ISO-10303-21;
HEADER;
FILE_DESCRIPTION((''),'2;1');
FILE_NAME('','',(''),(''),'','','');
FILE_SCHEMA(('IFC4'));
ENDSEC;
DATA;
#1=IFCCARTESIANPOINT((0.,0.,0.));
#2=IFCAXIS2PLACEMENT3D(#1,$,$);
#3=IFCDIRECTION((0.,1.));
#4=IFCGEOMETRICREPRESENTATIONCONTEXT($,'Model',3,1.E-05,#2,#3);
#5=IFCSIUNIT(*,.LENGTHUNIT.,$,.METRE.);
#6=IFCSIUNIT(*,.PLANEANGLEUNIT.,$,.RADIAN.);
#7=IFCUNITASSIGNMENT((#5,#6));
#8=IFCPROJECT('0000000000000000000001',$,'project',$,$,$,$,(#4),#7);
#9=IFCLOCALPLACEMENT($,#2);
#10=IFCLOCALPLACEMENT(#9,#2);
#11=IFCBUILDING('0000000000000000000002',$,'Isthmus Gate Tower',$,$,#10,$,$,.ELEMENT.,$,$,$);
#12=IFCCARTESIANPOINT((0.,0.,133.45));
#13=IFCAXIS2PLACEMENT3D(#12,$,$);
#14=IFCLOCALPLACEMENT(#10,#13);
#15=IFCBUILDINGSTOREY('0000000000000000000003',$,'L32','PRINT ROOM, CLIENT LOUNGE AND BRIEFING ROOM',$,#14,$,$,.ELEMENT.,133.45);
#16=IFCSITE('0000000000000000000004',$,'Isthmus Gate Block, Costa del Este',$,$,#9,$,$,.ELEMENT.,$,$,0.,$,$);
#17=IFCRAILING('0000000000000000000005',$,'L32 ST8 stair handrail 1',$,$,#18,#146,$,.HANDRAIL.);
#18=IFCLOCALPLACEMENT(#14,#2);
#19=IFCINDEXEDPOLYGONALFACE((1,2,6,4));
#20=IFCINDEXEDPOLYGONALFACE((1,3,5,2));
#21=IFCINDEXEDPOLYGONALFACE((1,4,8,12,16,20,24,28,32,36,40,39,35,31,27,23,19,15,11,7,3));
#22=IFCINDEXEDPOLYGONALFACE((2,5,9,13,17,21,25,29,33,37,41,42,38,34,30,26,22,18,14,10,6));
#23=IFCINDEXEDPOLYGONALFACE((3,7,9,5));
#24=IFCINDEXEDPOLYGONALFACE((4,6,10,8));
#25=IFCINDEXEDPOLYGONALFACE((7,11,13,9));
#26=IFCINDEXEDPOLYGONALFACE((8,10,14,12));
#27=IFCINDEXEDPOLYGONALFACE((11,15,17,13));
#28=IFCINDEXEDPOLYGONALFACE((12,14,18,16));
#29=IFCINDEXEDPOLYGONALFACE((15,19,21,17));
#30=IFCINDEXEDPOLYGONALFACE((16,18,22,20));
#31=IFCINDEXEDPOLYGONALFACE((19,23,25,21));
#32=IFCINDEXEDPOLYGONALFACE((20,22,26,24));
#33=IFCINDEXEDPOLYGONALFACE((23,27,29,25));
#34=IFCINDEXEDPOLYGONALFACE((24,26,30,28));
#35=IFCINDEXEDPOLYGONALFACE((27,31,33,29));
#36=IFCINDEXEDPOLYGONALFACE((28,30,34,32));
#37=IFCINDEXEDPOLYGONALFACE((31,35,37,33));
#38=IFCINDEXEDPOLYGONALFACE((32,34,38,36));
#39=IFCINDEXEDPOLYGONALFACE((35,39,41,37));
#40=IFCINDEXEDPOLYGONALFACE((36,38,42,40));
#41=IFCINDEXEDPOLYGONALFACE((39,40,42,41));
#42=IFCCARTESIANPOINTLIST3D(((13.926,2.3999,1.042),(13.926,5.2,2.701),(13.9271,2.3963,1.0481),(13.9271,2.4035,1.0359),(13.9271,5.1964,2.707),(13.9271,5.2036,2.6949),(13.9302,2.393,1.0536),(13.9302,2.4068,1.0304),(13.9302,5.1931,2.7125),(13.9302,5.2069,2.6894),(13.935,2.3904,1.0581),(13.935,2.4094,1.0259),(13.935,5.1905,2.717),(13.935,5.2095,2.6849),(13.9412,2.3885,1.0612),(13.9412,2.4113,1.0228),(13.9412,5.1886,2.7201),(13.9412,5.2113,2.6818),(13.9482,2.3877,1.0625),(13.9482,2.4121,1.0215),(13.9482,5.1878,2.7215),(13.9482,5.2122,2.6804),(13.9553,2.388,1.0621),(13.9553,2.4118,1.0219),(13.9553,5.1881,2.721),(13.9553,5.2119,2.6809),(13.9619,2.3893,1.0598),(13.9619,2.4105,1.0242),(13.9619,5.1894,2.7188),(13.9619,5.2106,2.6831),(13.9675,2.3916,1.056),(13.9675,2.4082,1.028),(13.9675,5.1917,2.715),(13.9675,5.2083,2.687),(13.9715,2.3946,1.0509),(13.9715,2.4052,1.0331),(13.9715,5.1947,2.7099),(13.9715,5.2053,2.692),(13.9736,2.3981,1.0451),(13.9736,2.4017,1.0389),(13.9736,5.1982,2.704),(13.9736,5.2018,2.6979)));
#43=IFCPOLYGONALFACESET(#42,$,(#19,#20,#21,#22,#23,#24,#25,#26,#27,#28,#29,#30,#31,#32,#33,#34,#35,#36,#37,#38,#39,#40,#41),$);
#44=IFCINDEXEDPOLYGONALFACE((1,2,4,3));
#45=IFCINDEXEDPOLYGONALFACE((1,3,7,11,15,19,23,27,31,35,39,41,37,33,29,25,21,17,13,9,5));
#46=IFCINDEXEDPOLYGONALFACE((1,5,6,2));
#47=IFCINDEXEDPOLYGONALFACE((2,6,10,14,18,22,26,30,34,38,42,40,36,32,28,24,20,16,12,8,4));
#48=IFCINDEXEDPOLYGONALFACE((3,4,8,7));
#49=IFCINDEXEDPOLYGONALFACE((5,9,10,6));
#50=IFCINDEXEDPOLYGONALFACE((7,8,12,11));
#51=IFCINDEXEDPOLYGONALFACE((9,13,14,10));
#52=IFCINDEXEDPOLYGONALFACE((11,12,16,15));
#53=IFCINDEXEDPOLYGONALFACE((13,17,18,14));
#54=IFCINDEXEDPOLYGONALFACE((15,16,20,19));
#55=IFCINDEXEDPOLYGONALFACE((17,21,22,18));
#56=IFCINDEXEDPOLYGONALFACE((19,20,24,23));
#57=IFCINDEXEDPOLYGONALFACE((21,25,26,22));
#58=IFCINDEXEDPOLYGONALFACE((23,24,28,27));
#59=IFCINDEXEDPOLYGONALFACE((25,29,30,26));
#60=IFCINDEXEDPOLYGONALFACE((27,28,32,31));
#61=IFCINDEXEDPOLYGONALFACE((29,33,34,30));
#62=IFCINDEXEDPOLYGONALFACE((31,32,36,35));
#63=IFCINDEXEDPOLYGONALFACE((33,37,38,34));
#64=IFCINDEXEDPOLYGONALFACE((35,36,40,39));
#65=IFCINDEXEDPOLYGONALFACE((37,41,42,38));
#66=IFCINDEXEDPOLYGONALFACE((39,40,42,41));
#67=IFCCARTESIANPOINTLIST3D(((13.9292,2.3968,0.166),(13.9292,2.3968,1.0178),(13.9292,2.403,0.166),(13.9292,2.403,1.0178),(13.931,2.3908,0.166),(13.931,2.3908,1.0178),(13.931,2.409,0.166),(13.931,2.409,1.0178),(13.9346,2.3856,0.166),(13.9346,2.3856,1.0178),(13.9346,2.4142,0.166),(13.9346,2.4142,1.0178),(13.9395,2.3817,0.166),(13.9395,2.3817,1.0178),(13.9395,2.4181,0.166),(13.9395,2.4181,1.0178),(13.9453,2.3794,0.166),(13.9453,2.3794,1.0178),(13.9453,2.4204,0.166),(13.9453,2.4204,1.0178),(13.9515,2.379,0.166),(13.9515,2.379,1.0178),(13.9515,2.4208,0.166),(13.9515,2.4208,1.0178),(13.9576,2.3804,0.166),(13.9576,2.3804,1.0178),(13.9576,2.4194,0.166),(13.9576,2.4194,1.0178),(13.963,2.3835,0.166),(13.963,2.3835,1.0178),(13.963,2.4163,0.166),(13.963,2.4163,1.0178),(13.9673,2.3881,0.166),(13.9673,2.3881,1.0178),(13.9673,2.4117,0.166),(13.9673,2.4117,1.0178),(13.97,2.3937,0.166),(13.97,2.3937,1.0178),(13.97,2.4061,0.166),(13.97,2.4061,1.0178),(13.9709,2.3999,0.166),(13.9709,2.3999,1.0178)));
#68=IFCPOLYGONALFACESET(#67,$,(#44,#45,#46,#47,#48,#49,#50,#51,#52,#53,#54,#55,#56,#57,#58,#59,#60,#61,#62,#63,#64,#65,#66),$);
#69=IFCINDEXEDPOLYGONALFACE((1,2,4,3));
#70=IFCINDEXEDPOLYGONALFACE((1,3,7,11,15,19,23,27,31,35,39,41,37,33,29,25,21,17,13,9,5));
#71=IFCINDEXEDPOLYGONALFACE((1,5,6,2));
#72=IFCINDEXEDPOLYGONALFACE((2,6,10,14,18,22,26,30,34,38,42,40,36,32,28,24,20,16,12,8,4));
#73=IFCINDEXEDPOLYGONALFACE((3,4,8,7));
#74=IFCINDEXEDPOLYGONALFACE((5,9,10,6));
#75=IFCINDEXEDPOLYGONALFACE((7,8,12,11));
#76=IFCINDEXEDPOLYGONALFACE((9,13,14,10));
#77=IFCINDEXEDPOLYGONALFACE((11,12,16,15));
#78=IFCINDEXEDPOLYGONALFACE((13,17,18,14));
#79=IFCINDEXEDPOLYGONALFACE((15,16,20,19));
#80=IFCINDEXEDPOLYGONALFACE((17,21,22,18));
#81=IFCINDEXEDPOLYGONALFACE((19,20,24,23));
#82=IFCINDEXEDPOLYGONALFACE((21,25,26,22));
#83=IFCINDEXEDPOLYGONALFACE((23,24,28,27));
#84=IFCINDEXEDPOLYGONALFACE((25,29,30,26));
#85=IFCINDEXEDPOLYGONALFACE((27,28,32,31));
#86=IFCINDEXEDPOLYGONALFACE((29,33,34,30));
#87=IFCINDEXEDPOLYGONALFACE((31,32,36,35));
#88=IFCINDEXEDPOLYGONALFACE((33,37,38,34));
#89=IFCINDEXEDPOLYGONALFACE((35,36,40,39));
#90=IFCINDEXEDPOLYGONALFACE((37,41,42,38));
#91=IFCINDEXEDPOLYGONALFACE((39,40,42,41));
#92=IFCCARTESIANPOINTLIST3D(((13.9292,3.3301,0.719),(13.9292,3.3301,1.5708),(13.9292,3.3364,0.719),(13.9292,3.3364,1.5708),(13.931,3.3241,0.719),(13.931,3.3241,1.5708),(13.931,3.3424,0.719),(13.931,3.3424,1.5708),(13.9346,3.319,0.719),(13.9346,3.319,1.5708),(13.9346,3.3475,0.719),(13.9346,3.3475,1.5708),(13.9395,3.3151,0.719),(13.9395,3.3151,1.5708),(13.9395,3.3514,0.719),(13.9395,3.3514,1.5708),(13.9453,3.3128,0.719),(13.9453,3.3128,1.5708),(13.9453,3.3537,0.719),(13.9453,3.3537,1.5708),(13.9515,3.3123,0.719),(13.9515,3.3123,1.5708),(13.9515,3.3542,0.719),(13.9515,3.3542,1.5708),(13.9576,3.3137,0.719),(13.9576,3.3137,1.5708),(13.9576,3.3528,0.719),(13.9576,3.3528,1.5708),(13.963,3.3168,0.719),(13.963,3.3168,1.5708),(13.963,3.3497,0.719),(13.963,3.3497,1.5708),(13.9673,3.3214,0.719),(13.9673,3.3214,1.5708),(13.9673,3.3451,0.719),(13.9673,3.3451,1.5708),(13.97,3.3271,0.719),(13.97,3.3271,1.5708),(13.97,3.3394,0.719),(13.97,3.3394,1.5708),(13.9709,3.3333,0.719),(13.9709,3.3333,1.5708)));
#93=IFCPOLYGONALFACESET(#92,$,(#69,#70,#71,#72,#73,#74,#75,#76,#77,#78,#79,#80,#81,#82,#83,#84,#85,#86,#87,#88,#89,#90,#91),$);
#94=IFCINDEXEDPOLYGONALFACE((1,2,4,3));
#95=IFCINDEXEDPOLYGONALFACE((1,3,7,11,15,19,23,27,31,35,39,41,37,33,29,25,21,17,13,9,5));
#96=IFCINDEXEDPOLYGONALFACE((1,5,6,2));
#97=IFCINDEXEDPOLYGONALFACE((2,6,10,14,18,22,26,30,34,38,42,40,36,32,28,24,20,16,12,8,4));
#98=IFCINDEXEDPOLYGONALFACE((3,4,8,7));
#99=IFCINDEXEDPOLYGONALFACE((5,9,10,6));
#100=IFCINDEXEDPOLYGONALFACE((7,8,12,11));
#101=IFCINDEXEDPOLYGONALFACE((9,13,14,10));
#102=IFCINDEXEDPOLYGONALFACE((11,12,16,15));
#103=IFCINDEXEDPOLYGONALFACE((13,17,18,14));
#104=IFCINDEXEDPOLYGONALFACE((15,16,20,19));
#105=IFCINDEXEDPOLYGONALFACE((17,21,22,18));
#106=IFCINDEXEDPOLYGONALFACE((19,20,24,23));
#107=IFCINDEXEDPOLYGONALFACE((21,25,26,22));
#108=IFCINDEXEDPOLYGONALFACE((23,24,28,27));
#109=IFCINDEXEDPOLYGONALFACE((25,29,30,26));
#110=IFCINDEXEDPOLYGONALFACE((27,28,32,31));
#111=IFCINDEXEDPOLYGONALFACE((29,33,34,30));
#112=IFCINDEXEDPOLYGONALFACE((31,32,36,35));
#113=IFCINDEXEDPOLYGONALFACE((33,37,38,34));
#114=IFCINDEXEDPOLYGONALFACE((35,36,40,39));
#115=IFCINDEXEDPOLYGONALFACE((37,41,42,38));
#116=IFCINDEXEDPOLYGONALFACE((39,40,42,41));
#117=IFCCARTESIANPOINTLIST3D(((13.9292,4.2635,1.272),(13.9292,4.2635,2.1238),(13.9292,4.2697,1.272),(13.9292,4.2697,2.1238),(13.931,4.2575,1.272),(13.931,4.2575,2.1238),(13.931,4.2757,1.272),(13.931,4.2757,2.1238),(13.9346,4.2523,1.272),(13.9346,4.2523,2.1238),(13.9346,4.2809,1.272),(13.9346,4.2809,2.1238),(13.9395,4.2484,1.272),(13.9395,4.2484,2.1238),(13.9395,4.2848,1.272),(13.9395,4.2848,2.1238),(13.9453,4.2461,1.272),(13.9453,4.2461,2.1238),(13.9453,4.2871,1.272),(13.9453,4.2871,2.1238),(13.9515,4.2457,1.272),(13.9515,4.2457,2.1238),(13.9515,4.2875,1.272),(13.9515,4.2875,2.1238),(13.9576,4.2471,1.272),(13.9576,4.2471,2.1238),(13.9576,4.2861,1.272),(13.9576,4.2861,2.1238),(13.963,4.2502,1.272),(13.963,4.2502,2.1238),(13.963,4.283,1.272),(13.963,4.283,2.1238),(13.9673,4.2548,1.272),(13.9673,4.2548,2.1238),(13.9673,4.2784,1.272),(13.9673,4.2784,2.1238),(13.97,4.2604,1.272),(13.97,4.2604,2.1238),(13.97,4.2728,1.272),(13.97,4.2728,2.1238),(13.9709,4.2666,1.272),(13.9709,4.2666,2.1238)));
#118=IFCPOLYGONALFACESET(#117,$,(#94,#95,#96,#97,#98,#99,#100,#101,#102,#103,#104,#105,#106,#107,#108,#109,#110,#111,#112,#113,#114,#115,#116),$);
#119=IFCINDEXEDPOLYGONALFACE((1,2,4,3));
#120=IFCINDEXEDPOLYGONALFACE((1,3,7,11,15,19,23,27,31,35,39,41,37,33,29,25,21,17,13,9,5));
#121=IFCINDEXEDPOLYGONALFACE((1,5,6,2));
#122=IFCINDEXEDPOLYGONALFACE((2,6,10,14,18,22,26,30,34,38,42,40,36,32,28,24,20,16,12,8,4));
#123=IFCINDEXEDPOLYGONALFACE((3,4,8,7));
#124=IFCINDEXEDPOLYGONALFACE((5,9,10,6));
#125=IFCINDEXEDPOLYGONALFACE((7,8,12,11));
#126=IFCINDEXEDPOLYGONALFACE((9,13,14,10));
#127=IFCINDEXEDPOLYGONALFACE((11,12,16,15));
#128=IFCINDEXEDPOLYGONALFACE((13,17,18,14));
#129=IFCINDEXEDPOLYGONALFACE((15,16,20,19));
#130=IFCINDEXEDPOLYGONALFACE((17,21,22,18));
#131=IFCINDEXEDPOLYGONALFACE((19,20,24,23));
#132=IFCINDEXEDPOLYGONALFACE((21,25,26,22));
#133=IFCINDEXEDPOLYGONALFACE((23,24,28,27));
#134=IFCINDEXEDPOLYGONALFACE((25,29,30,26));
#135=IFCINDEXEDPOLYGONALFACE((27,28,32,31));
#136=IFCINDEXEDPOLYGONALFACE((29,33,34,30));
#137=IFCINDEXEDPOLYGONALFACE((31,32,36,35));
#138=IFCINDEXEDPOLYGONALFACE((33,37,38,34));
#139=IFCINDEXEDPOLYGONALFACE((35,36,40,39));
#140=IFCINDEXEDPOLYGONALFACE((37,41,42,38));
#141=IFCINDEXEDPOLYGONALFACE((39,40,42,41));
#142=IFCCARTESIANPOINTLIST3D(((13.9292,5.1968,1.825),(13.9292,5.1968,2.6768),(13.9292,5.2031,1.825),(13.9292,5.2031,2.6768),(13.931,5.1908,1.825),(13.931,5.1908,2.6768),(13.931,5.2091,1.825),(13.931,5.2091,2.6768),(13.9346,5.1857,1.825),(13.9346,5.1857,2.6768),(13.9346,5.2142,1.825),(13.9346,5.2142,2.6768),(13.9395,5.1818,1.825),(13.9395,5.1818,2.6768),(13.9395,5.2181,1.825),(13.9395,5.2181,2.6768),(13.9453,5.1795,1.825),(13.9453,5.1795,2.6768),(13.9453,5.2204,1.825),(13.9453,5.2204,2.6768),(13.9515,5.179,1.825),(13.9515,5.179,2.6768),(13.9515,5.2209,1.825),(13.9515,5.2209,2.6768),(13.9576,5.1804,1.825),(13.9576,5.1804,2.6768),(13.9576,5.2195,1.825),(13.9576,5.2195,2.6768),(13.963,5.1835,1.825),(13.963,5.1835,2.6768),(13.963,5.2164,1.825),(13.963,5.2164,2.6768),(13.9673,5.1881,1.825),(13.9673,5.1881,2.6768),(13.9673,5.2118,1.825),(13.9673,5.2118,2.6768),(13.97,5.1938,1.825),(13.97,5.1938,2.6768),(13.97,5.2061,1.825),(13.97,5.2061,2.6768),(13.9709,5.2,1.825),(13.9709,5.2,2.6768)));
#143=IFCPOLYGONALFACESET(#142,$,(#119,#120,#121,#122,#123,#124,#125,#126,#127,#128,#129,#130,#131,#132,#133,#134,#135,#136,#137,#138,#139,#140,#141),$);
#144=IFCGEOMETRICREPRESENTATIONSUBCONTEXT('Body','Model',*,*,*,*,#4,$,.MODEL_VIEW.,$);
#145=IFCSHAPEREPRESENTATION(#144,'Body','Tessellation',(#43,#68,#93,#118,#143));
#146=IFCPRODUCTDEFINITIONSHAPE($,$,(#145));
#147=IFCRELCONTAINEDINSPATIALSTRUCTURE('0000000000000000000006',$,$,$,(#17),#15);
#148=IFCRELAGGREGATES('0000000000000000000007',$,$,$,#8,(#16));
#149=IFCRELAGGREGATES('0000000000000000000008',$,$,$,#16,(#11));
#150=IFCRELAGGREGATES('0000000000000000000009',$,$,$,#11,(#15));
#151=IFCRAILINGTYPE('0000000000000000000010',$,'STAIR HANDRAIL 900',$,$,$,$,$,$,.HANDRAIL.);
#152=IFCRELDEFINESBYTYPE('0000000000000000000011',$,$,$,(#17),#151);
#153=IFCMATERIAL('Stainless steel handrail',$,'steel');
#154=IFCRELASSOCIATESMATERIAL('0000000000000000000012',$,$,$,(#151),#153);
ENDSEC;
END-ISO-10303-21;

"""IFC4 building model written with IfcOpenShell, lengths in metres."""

from ifc_helpers import new_model, si_unit, direction, frame, origin, origin_2d, place, context, subcontext, project, spatial, circle, extrude, material, type_object, element, save


model = new_model("IFC4")

# Units and contexts
model_context = context("Model", 3, precision=1e-05, world=origin(), true_north=direction((0.0, 1.0)))
body_context = subcontext(model_context, "Body", "Model", "MODEL_VIEW")
ifc_project = project(units=[si_unit("LENGTHUNIT", "METRE"), si_unit("PLANEANGLEUNIT", "RADIAN")], contexts=[model_context])

# Site, building, storey
site_placement = place(None, origin())
site = spatial("IfcSite", under=ifc_project, at=site_placement, Name="Isthmus Gate Block, Costa del Este", CompositionType="ELEMENT", RefElevation=0.0)
building_placement = place(site_placement, origin())
building = spatial("IfcBuilding", under=site, at=building_placement, Name="Isthmus Gate Tower", CompositionType="ELEMENT")
storey_placement = place(building_placement, frame((0.0, 0.0, 133.45)))
storey = spatial("IfcBuildingStorey", under=building, at=storey_placement, Name="L32", Description="PRINT ROOM, CLIENT LOUNGE AND BRIEFING ROOM", CompositionType="ELEMENT", Elevation=133.45)

# Railing
ifc_material_1 = material(Name="Stainless steel handrail", Category="steel")
railing_type_1 = type_object("IfcRailingType", Name="STAIR HANDRAIL 900", PredefinedType="HANDRAIL", material=ifc_material_1)
railing_1_placement = place(storey_placement, frame((13.95, 2.3999, 0.166)))
element("IfcRailing", 1, at=railing_1_placement, inside=storey, type_object=railing_type_1, Name="L32 ST8 stair handrail 1", PredefinedType="HANDRAIL", context=body_context, shape_type="SweptSolid", body=[
    extrude(circle(Radius=0.0239, at=origin_2d()), frame((0.0, 0.0, 0.876), z_axis=(0.0, 0.860339, 0.509722), x_axis=(-1.0, 0.0, 0.0)), (0.0, 0.0, 1.0), 3.2546),
    extrude(circle(Radius=0.021, at=origin_2d()), origin(), (0.0, 0.0, 1.0), 0.8518),
    extrude(circle(Radius=0.021, at=origin_2d()), frame((0.0, 0.9333, 0.553)), (0.0, 0.0, 1.0), 0.8518),
    extrude(circle(Radius=0.021, at=origin_2d()), frame((0.0, 1.8667, 1.106)), (0.0, 0.0, 1.0), 0.8518),
    extrude(circle(Radius=0.021, at=origin_2d()), frame((0.0, 2.8, 1.6589)), (0.0, 0.0, 1.0), 0.8518),
])

save(model, "model.ifc")
